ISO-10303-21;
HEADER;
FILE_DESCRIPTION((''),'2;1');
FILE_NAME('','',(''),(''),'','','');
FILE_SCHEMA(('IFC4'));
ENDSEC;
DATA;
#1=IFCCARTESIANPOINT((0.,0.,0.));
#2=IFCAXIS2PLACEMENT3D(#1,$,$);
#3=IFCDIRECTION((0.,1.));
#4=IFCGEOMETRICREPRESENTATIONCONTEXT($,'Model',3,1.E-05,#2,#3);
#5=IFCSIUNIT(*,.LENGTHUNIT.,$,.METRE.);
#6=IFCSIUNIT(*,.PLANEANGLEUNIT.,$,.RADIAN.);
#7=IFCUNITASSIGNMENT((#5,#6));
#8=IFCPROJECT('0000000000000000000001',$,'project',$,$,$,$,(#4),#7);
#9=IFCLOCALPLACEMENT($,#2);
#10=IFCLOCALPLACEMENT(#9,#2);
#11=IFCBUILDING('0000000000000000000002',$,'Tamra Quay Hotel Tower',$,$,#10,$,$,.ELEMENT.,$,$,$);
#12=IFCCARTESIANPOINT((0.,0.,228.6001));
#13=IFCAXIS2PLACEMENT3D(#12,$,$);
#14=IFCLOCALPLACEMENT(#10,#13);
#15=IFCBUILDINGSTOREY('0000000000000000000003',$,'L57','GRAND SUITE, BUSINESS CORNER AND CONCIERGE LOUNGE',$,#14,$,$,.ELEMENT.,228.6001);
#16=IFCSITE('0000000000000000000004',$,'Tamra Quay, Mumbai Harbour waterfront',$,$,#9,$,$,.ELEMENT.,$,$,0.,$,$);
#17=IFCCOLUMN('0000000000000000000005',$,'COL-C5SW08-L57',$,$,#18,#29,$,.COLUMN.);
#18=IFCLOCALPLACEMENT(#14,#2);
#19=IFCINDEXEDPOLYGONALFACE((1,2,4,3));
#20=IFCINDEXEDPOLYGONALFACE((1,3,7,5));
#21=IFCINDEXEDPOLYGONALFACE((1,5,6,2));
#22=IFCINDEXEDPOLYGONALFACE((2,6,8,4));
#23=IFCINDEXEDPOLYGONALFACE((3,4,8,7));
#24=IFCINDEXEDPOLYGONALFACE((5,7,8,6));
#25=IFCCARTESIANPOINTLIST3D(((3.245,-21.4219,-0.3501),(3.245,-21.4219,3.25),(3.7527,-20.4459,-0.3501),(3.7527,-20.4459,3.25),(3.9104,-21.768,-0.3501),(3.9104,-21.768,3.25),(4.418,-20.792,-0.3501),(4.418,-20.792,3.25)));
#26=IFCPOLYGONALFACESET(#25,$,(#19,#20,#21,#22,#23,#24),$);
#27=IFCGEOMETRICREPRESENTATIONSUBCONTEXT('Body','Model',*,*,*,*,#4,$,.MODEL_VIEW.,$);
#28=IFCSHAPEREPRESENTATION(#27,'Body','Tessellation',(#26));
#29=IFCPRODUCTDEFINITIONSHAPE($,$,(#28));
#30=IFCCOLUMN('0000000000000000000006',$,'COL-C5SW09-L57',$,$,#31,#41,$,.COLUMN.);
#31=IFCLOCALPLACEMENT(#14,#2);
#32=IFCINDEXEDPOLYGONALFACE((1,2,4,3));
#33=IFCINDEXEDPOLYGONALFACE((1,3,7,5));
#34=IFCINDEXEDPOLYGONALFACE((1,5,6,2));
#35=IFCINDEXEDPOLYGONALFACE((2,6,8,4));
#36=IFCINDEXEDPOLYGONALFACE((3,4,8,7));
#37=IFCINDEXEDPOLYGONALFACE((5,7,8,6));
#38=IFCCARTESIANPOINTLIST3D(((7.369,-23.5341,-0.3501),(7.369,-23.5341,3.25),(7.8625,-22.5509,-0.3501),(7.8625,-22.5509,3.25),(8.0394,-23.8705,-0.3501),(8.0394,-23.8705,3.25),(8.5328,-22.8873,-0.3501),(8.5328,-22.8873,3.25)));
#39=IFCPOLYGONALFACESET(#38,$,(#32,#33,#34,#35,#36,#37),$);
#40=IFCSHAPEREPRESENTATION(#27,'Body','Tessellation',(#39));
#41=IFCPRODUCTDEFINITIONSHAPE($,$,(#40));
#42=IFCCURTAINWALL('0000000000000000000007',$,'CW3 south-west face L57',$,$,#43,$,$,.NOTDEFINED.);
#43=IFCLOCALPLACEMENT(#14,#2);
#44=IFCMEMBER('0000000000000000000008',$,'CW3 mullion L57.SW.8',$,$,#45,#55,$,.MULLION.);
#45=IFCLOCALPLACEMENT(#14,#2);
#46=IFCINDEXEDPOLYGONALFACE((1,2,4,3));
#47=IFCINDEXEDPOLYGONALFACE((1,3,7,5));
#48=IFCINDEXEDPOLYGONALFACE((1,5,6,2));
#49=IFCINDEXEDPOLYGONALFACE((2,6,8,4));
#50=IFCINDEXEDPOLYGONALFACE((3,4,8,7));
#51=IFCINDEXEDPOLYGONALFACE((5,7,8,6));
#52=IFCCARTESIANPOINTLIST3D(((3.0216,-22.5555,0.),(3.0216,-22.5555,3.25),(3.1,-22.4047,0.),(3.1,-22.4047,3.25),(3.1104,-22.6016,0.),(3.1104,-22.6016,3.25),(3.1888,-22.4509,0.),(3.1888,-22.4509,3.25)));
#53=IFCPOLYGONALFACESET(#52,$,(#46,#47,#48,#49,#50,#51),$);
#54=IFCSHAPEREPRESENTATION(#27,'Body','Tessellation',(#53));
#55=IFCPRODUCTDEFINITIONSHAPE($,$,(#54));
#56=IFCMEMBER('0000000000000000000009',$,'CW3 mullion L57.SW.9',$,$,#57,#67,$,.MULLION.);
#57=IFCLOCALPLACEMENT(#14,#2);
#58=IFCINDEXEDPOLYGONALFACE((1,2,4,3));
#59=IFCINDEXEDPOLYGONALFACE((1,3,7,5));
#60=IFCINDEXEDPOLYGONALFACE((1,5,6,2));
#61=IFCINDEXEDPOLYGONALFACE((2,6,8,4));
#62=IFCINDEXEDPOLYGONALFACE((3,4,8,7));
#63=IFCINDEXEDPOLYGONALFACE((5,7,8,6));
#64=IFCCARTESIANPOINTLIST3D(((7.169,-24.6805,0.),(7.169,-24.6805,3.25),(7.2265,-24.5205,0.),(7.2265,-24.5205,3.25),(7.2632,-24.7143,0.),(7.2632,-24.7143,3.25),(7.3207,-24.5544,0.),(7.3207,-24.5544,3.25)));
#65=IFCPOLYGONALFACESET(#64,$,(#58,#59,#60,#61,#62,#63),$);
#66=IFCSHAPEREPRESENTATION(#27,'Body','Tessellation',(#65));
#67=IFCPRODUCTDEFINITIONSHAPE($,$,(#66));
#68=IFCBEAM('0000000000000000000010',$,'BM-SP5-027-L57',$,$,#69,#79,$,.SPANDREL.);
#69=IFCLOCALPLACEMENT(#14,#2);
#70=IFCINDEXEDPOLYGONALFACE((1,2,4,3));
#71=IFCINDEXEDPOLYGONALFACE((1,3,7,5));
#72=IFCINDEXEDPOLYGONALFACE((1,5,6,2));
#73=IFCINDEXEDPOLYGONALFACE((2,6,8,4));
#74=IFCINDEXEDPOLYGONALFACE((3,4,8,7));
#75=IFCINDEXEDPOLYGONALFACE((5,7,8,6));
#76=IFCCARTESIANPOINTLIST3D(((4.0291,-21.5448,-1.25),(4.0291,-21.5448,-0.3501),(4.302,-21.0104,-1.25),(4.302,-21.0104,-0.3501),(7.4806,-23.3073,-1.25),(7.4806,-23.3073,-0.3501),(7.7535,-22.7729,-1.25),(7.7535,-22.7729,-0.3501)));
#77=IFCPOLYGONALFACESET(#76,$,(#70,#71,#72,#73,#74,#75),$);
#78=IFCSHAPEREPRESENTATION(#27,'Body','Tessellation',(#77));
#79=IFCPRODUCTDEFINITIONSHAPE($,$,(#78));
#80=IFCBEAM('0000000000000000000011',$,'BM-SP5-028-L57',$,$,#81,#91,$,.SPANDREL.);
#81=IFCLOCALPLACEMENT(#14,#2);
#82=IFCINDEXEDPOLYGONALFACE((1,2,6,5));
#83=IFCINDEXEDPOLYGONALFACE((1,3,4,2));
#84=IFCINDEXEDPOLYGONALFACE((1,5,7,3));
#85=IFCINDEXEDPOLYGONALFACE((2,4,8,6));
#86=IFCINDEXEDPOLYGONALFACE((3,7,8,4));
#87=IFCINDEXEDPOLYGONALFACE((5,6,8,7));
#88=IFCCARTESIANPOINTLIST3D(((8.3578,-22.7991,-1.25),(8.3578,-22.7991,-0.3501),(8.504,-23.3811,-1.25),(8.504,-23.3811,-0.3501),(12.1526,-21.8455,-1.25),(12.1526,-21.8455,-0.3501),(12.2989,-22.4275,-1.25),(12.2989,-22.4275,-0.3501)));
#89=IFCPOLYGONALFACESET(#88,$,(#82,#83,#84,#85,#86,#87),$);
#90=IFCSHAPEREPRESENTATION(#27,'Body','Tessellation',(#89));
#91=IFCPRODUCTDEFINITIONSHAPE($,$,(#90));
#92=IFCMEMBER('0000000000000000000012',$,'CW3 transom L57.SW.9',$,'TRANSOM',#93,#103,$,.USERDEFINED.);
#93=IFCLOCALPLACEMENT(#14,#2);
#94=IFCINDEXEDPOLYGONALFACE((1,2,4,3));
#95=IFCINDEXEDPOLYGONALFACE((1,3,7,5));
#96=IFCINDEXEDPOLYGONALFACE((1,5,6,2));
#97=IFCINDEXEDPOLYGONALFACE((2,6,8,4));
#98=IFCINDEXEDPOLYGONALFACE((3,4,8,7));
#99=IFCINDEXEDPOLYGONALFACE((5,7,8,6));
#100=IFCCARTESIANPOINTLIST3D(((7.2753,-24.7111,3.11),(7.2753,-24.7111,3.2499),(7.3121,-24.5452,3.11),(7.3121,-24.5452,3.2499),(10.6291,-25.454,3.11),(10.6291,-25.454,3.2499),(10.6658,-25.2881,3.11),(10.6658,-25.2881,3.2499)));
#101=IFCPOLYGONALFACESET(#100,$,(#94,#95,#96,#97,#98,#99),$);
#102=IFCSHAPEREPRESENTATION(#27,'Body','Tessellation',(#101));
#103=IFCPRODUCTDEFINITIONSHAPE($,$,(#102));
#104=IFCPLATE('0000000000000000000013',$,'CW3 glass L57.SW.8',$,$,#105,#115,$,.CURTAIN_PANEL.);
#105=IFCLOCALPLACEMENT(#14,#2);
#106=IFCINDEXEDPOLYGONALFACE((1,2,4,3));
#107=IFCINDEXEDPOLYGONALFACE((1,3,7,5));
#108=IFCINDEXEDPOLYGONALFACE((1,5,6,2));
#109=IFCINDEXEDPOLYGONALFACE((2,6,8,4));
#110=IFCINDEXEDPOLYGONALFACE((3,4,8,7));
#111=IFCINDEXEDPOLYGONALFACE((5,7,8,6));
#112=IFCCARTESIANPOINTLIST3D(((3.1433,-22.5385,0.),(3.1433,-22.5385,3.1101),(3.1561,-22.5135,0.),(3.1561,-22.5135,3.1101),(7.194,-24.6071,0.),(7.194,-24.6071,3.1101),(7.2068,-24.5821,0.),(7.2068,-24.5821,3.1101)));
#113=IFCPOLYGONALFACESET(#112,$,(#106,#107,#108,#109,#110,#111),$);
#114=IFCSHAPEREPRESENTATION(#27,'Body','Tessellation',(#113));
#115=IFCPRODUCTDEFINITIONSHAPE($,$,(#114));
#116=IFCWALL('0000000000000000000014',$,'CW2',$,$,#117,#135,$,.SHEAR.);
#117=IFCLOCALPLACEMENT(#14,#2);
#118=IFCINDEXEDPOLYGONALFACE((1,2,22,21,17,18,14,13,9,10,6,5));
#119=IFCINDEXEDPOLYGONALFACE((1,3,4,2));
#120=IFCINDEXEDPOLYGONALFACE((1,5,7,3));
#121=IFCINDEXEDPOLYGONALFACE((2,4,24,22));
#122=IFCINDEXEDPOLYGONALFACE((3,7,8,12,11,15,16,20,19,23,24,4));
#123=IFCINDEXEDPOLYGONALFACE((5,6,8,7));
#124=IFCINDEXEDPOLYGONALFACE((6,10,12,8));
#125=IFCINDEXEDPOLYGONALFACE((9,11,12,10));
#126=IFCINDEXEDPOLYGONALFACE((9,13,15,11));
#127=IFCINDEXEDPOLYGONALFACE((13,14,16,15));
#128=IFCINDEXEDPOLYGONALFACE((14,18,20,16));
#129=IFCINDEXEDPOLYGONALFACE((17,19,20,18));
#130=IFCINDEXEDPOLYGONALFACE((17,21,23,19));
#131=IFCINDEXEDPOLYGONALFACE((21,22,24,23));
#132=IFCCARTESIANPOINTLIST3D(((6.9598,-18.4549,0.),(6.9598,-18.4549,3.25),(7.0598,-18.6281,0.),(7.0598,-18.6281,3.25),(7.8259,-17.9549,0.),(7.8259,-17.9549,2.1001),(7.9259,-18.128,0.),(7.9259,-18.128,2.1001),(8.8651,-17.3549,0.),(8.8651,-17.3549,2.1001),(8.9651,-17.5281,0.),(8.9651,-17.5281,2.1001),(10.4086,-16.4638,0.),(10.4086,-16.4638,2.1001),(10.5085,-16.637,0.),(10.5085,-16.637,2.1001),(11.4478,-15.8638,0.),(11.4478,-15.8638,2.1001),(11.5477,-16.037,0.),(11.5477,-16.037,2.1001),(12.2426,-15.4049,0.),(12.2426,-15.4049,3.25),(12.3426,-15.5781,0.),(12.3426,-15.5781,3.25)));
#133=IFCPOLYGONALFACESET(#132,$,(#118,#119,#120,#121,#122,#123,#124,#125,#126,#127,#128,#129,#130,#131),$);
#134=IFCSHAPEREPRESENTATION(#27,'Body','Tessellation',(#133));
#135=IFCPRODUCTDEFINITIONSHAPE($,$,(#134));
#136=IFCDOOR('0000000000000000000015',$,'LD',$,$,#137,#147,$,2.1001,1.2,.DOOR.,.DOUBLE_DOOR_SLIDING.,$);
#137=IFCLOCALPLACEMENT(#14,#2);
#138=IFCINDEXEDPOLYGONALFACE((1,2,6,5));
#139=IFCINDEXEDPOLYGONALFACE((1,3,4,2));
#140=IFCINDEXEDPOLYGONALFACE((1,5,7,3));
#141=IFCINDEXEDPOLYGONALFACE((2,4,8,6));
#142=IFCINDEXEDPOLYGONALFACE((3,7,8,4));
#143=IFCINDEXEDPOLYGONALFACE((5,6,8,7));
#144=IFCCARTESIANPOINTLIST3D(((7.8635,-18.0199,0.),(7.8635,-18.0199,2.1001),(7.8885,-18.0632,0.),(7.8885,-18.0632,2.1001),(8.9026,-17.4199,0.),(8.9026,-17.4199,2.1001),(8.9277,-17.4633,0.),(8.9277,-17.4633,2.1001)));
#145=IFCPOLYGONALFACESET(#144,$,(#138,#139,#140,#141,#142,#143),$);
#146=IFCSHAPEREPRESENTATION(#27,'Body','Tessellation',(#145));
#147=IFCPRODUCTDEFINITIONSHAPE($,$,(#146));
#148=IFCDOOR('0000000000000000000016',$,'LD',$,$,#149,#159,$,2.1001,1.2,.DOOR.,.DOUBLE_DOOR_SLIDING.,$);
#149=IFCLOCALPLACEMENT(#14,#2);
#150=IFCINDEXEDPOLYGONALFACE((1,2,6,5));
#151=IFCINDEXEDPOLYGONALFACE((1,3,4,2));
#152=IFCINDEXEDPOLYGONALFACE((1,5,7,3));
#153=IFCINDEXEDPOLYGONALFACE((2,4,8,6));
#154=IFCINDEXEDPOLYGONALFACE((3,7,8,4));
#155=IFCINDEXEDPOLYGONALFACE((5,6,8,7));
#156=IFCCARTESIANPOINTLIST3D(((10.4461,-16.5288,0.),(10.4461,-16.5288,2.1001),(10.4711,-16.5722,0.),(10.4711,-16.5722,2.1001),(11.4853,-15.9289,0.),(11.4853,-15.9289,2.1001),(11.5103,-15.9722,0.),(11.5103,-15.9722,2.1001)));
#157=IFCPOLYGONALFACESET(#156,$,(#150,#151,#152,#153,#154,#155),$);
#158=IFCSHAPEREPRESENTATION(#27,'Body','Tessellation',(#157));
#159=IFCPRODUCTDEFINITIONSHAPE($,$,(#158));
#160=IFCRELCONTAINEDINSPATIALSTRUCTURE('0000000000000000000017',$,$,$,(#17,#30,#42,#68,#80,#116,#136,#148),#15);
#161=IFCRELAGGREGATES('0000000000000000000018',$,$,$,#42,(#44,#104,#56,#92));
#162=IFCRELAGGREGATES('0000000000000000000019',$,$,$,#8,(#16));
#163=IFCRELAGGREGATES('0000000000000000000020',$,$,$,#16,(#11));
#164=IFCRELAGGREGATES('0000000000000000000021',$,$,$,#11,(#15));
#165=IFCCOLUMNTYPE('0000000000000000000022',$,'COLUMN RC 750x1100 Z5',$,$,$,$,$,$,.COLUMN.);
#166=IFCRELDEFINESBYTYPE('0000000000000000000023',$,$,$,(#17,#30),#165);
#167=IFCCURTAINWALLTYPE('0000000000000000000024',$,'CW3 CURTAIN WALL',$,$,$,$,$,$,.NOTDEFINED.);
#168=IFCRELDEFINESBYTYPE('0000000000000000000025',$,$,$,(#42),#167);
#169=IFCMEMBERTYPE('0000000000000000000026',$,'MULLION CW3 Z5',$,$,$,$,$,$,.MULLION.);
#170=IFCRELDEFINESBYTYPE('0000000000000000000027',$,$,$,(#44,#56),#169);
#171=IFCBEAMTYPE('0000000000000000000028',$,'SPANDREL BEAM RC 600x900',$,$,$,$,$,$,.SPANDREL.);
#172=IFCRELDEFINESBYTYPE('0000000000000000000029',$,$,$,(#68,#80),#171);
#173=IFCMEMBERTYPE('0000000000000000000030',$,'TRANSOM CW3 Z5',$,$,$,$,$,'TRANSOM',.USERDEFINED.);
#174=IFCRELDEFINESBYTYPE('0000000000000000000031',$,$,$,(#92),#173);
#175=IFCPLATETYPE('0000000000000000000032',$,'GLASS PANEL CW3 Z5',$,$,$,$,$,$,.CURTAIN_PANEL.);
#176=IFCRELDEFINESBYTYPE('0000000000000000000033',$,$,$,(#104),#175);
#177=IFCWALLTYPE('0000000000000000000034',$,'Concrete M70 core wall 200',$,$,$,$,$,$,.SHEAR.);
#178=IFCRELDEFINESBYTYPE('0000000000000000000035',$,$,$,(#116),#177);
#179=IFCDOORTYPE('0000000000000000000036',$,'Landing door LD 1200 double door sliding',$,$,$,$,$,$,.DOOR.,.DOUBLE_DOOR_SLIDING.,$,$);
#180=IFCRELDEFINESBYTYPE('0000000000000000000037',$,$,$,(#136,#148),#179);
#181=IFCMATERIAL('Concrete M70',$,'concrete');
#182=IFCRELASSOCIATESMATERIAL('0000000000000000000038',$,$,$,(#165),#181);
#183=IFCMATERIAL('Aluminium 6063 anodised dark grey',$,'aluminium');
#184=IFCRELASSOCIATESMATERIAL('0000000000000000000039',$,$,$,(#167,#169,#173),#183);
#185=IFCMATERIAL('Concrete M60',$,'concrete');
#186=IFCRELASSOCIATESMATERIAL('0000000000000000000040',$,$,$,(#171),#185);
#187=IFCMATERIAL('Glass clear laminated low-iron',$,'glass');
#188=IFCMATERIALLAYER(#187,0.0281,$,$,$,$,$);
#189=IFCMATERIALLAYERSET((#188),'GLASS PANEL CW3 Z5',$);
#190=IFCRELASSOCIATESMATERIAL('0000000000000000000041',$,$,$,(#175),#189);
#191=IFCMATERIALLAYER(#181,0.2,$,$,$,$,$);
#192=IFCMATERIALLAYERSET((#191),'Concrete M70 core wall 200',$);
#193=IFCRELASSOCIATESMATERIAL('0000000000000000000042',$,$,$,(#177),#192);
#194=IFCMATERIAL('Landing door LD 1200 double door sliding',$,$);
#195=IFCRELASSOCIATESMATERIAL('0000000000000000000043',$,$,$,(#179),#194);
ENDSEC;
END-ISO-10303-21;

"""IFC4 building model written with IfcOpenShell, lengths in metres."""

from ifc_helpers import new_model, si_unit, direction, frame, frame_2d, origin, origin_2d, place, context, subcontext, project, spatial, rectangle, extrude, material, layer, layer_set, material_profile, profile_set, type_object, element, fill, aggregate, save


model = new_model("IFC4")

# Units and contexts
model_context = context("Model", 3, precision=1e-05, world=origin(), true_north=direction((0.0, 1.0)))
body_context = subcontext(model_context, "Body", "Model", "MODEL_VIEW")
ifc_project = project(units=[si_unit("LENGTHUNIT", "METRE"), si_unit("PLANEANGLEUNIT", "RADIAN")], contexts=[model_context])

# Site, building, storey
site_placement = place(None, origin())
site = spatial("IfcSite", under=ifc_project, at=site_placement, Name="Tamra Quay, Mumbai Harbour waterfront", CompositionType="ELEMENT", RefElevation=0.0)
building_placement = place(site_placement, origin())
building = spatial("IfcBuilding", under=site, at=building_placement, Name="Tamra Quay Hotel Tower", CompositionType="ELEMENT")
storey_placement = place(building_placement, frame((0.0, 0.0, 228.6001)))
storey = spatial("IfcBuildingStorey", under=building, at=storey_placement, Name="L57", Description="GRAND SUITE, BUSINESS CORNER AND CONCIERGE LOUNGE", CompositionType="ELEMENT", Elevation=228.6001)

# Columns
ifc_material_1 = material(Name="Concrete M70", Category="concrete")
ifc_material_profile_1 = material_profile(ifc_material_1, rectangle(XDim=1.1001, YDim=0.75, at=origin_2d()), Name="COLUMN RC 750x1100 Z5")
ifc_profile_set_1 = profile_set([ifc_material_profile_1], Name="Concrete M70")
column_type = type_object("IfcColumnType", Name="COLUMN RC 750x1100 Z5", PredefinedType="COLUMN", material=ifc_profile_set_1)
for number, where, z_axis, x_axis, name in (
    (1, (3.8315, -21.1069, -0.3501), (0.0, 0.0, 1.0), (0.461448, 0.887167, 0.0), "COL-C5SW08-L57"),
    (2, (7.9509, -23.2107, -0.3501), (0.0, 0.0, 1.0), (0.448553, 0.893756, 0.0), "COL-C5SW09-L57"),
):
    element("IfcColumn", number, at=place(storey_placement, frame(where, z_axis=z_axis, x_axis=x_axis)), inside=storey, type_object=column_type, Name=name, PredefinedType="COLUMN", context=body_context, shape_type="SweptSolid", body=[
        extrude(rectangle(XDim=1.1001, YDim=0.75, at=origin_2d()), origin(), (0.0, 0.0, 1.0), 3.6001),
    ])

# Curtain wall, members
ifc_material_2 = material(Name="Aluminium 6063 anodised dark grey", Category="aluminium")
curtain_wall_type = type_object("IfcCurtainWallType", Name="CW3 CURTAIN WALL", PredefinedType="NOTDEFINED", material=ifc_material_2)
curtain_wall_placement = place(storey_placement, origin())
curtain_wall = element("IfcCurtainWall", 3, at=curtain_wall_placement, inside=storey, type_object=curtain_wall_type, Name="CW3 south-west face L57", PredefinedType="NOTDEFINED")
ifc_material_profile_2 = material_profile(ifc_material_2, rectangle(XDim=0.1699, YDim=0.1001, at=origin_2d()), Name="MULLION 100X170")
ifc_profile_set_2 = profile_set([ifc_material_profile_2], Name="Aluminium 6063 anodised dark grey")
member_type_1 = type_object("IfcMemberType", Name="MULLION CW3 Z5", PredefinedType="MULLION", material=ifc_profile_set_2)
member_1_placement = place(storey_placement, frame((3.1052, -22.5032, 0.0), z_axis=(0.0, 0.0, 1.0), x_axis=(-0.461344, -0.887221, 0.0)))
member_1 = element("IfcMember", 4, at=member_1_placement, type_object=member_type_1, Name="CW3 mullion L57.SW.8", PredefinedType="MULLION", context=body_context, shape_type="SweptSolid", body=[
    extrude(rectangle(XDim=0.1699, YDim=0.1001, at=origin_2d()), origin(), (0.0, 0.0, 1.0), 3.25),
])
member_2_placement = place(storey_placement, frame((7.2449, -24.6174, 0.0), z_axis=(0.0, 0.0, 1.0), x_axis=(-0.338259, -0.941053, 0.0)))
member_2 = element("IfcMember", 5, at=member_2_placement, type_object=member_type_1, Name="CW3 mullion L57.SW.9", PredefinedType="MULLION", context=body_context, shape_type="SweptSolid", body=[
    extrude(rectangle(XDim=0.1699, YDim=0.1001, at=origin_2d()), origin(), (0.0, 0.0, 1.0), 3.25),
])

# Beams
ifc_material_3 = material(Name="Concrete M60", Category="concrete")
ifc_material_profile_3 = material_profile(ifc_material_3, rectangle(XDim=0.6001, YDim=0.8999, at=origin_2d()), Name="SPANDREL BEAM RC 600x900")
ifc_profile_set_3 = profile_set([ifc_material_profile_3], Name="Concrete M60")
beam_type = type_object("IfcBeamType", Name="SPANDREL BEAM RC 600x900", PredefinedType="SPANDREL", material=ifc_profile_set_3)
beam_1_placement = place(storey_placement, frame((4.1655, -21.2776, -0.8), z_axis=(0.890603, -0.454782, 0.0), x_axis=(0.454782, 0.890603, 0.0)))
element("IfcBeam", 6, at=beam_1_placement, inside=storey, type_object=beam_type, Name="BM-SP5-027-L57", PredefinedType="SPANDREL", context=body_context, shape_type="SweptSolid", body=[
    extrude(rectangle(XDim=0.6001, YDim=0.8999, at=origin_2d()), origin(), (0.0, 0.0, 1.0), 3.8755),
])
beam_2_placement = place(storey_placement, frame((8.4309, -23.0901, -0.8), z_axis=(0.969848, 0.24371, 0.0), x_axis=(-0.24371, 0.969848, 0.0)))
element("IfcBeam", 7, at=beam_2_placement, inside=storey, type_object=beam_type, Name="BM-SP5-028-L57", PredefinedType="SPANDREL", context=body_context, shape_type="SweptSolid", body=[
    extrude(rectangle(XDim=0.6001, YDim=0.8999, at=origin_2d()), origin(), (0.0, 0.0, 1.0), 3.9128),
])

# Member
ifc_material_profile_4 = material_profile(ifc_material_2, rectangle(XDim=0.1699, YDim=0.1399, at=origin_2d()), Name="TRANSOM 170X140")
ifc_profile_set_4 = profile_set([ifc_material_profile_4], Name="Aluminium 6063 anodised dark grey")
member_type_2 = type_object("IfcMemberType", Name="TRANSOM CW3 Z5", ElementType="TRANSOM", PredefinedType="USERDEFINED", material=ifc_profile_set_4)
member_3_placement = place(storey_placement, frame((7.2937, -24.6282, 3.1799), z_axis=(0.976332, -0.216276, 0.0), x_axis=(0.216276, 0.976332, 0.0)))
member_3 = element("IfcMember", 8, at=member_3_placement, type_object=member_type_2, Name="CW3 transom L57.SW.9", ObjectType="TRANSOM", PredefinedType="USERDEFINED", context=body_context, shape_type="SweptSolid", body=[
    extrude(rectangle(XDim=0.1699, YDim=0.1399, at=origin_2d()), origin(), (0.0, 0.0, 1.0), 3.4351),
])

# Plate
ifc_material_4 = material(Name="Glass clear laminated low-iron", Category="glass")
ifc_layer_1 = layer(ifc_material_4, 0.0281)
ifc_layer_set_1 = layer_set([ifc_layer_1], Name="GLASS PANEL CW3 Z5")
plate_type = type_object("IfcPlateType", Name="GLASS PANEL CW3 Z5", PredefinedType="CURTAIN_PANEL", material=ifc_layer_set_1)
plate_placement = place(storey_placement, frame((5.175, -23.5603, 0.0), z_axis=(0.0, 0.0, 1.0), x_axis=(0.890582, -0.454822, 0.0)))
plate = element("IfcPlate", 9, at=plate_placement, type_object=plate_type, Name="CW3 glass L57.SW.8", PredefinedType="CURTAIN_PANEL", context=body_context, shape_type="SweptSolid", body=[
    extrude(rectangle(XDim=4.5483, YDim=0.0281, at=origin_2d()), origin(), (0.0, 0.0, 1.0), 3.1101),
])
aggregate(curtain_wall, [member_1, plate, member_2, member_3])

# Wall, openings, doors
ifc_layer_2 = layer(ifc_material_1, 0.2)
ifc_layer_set_2 = layer_set([ifc_layer_2], Name="Concrete M70 core wall 200")
wall_type_1 = type_object("IfcWallType", Name="Concrete M70 core wall 200", PredefinedType="SHEAR", material=ifc_layer_set_2)
wall_1_placement = place(storey_placement, frame((7.0098, -18.5415, 0.0), z_axis=(0.0, 0.0, 1.0), x_axis=(0.86603, 0.499992, 0.0)))
wall_1 = element("IfcWall", 10, at=wall_1_placement, inside=storey, type_object=wall_type_1, Name="CW2", PredefinedType="SHEAR", context=body_context, shape_type="SweptSolid", body=[
    extrude(rectangle(XDim=6.1001, YDim=0.2, at=frame_2d((3.05, 0.0))), origin(), (0.0, 0.0, 1.0), 3.25),
])
opening_1_placement = place(wall_1_placement, frame((1.0, 0.0, 0.0)))
opening_1 = element("IfcOpeningElement", 11, at=opening_1_placement, cuts=wall_1, PredefinedType="OPENING", context=body_context, shape_type="SweptSolid", body=[
    extrude(rectangle(XDim=1.2, YDim=2.1001, at=frame_2d((0.6001, 1.05))), frame((0.0, 0.1099, 0.0), z_axis=(0.0, -1.0, 0.0), x_axis=(1.0, 0.0, 0.0)), (0.0, 0.0, 1.0), 0.22),
])
opening_2_placement = place(wall_1_placement, frame((3.9822, 0.0, 0.0)))
opening_2 = element("IfcOpeningElement", 12, at=opening_2_placement, cuts=wall_1, PredefinedType="OPENING", context=body_context, shape_type="SweptSolid", body=[
    extrude(rectangle(XDim=1.2, YDim=2.1001, at=frame_2d((0.6001, 1.05))), frame((0.0, 0.1099, 0.0), z_axis=(0.0, -1.0, 0.0), x_axis=(1.0, 0.0, 0.0)), (0.0, 0.0, 1.0), 0.22),
])
ifc_material_5 = material(Name="Landing door LD 1200 double door sliding")
door_type_1 = type_object("IfcDoorType", Name="Landing door LD 1200 double door sliding", OperationType="DOUBLE_DOOR_SLIDING", PredefinedType="DOOR", material=ifc_material_5)
door_1_placement = place(opening_1_placement, origin())
door_1 = element("IfcDoor", 13, at=door_1_placement, inside=storey, type_object=door_type_1, Name="LD", OperationType="DOUBLE_DOOR_SLIDING", OverallHeight=2.1001, OverallWidth=1.2, PredefinedType="DOOR", context=body_context, shape_type="SweptSolid", body=[
    extrude(rectangle(XDim=1.2, YDim=2.1001, at=frame_2d((0.6001, 1.05))), frame((0.0, 0.0249, 0.0), z_axis=(0.0, -1.0, 0.0), x_axis=(1.0, 0.0, 0.0)), (0.0, 0.0, 1.0), 0.05),
])
fill(opening_1, door_1)
door_2_placement = place(opening_2_placement, origin())
door_2 = element("IfcDoor", 14, at=door_2_placement, inside=storey, type_object=door_type_1, Name="LD", OperationType="DOUBLE_DOOR_SLIDING", OverallHeight=2.1001, OverallWidth=1.2, PredefinedType="DOOR", context=body_context, shape_type="SweptSolid", body=[
    extrude(rectangle(XDim=1.2, YDim=2.1001, at=frame_2d((0.6001, 1.05))), frame((0.0, 0.0249, 0.0), z_axis=(0.0, -1.0, 0.0), x_axis=(1.0, 0.0, 0.0)), (0.0, 0.0, 1.0), 0.05),
])
fill(opening_2, door_2)

save(model, "model.ifc")
